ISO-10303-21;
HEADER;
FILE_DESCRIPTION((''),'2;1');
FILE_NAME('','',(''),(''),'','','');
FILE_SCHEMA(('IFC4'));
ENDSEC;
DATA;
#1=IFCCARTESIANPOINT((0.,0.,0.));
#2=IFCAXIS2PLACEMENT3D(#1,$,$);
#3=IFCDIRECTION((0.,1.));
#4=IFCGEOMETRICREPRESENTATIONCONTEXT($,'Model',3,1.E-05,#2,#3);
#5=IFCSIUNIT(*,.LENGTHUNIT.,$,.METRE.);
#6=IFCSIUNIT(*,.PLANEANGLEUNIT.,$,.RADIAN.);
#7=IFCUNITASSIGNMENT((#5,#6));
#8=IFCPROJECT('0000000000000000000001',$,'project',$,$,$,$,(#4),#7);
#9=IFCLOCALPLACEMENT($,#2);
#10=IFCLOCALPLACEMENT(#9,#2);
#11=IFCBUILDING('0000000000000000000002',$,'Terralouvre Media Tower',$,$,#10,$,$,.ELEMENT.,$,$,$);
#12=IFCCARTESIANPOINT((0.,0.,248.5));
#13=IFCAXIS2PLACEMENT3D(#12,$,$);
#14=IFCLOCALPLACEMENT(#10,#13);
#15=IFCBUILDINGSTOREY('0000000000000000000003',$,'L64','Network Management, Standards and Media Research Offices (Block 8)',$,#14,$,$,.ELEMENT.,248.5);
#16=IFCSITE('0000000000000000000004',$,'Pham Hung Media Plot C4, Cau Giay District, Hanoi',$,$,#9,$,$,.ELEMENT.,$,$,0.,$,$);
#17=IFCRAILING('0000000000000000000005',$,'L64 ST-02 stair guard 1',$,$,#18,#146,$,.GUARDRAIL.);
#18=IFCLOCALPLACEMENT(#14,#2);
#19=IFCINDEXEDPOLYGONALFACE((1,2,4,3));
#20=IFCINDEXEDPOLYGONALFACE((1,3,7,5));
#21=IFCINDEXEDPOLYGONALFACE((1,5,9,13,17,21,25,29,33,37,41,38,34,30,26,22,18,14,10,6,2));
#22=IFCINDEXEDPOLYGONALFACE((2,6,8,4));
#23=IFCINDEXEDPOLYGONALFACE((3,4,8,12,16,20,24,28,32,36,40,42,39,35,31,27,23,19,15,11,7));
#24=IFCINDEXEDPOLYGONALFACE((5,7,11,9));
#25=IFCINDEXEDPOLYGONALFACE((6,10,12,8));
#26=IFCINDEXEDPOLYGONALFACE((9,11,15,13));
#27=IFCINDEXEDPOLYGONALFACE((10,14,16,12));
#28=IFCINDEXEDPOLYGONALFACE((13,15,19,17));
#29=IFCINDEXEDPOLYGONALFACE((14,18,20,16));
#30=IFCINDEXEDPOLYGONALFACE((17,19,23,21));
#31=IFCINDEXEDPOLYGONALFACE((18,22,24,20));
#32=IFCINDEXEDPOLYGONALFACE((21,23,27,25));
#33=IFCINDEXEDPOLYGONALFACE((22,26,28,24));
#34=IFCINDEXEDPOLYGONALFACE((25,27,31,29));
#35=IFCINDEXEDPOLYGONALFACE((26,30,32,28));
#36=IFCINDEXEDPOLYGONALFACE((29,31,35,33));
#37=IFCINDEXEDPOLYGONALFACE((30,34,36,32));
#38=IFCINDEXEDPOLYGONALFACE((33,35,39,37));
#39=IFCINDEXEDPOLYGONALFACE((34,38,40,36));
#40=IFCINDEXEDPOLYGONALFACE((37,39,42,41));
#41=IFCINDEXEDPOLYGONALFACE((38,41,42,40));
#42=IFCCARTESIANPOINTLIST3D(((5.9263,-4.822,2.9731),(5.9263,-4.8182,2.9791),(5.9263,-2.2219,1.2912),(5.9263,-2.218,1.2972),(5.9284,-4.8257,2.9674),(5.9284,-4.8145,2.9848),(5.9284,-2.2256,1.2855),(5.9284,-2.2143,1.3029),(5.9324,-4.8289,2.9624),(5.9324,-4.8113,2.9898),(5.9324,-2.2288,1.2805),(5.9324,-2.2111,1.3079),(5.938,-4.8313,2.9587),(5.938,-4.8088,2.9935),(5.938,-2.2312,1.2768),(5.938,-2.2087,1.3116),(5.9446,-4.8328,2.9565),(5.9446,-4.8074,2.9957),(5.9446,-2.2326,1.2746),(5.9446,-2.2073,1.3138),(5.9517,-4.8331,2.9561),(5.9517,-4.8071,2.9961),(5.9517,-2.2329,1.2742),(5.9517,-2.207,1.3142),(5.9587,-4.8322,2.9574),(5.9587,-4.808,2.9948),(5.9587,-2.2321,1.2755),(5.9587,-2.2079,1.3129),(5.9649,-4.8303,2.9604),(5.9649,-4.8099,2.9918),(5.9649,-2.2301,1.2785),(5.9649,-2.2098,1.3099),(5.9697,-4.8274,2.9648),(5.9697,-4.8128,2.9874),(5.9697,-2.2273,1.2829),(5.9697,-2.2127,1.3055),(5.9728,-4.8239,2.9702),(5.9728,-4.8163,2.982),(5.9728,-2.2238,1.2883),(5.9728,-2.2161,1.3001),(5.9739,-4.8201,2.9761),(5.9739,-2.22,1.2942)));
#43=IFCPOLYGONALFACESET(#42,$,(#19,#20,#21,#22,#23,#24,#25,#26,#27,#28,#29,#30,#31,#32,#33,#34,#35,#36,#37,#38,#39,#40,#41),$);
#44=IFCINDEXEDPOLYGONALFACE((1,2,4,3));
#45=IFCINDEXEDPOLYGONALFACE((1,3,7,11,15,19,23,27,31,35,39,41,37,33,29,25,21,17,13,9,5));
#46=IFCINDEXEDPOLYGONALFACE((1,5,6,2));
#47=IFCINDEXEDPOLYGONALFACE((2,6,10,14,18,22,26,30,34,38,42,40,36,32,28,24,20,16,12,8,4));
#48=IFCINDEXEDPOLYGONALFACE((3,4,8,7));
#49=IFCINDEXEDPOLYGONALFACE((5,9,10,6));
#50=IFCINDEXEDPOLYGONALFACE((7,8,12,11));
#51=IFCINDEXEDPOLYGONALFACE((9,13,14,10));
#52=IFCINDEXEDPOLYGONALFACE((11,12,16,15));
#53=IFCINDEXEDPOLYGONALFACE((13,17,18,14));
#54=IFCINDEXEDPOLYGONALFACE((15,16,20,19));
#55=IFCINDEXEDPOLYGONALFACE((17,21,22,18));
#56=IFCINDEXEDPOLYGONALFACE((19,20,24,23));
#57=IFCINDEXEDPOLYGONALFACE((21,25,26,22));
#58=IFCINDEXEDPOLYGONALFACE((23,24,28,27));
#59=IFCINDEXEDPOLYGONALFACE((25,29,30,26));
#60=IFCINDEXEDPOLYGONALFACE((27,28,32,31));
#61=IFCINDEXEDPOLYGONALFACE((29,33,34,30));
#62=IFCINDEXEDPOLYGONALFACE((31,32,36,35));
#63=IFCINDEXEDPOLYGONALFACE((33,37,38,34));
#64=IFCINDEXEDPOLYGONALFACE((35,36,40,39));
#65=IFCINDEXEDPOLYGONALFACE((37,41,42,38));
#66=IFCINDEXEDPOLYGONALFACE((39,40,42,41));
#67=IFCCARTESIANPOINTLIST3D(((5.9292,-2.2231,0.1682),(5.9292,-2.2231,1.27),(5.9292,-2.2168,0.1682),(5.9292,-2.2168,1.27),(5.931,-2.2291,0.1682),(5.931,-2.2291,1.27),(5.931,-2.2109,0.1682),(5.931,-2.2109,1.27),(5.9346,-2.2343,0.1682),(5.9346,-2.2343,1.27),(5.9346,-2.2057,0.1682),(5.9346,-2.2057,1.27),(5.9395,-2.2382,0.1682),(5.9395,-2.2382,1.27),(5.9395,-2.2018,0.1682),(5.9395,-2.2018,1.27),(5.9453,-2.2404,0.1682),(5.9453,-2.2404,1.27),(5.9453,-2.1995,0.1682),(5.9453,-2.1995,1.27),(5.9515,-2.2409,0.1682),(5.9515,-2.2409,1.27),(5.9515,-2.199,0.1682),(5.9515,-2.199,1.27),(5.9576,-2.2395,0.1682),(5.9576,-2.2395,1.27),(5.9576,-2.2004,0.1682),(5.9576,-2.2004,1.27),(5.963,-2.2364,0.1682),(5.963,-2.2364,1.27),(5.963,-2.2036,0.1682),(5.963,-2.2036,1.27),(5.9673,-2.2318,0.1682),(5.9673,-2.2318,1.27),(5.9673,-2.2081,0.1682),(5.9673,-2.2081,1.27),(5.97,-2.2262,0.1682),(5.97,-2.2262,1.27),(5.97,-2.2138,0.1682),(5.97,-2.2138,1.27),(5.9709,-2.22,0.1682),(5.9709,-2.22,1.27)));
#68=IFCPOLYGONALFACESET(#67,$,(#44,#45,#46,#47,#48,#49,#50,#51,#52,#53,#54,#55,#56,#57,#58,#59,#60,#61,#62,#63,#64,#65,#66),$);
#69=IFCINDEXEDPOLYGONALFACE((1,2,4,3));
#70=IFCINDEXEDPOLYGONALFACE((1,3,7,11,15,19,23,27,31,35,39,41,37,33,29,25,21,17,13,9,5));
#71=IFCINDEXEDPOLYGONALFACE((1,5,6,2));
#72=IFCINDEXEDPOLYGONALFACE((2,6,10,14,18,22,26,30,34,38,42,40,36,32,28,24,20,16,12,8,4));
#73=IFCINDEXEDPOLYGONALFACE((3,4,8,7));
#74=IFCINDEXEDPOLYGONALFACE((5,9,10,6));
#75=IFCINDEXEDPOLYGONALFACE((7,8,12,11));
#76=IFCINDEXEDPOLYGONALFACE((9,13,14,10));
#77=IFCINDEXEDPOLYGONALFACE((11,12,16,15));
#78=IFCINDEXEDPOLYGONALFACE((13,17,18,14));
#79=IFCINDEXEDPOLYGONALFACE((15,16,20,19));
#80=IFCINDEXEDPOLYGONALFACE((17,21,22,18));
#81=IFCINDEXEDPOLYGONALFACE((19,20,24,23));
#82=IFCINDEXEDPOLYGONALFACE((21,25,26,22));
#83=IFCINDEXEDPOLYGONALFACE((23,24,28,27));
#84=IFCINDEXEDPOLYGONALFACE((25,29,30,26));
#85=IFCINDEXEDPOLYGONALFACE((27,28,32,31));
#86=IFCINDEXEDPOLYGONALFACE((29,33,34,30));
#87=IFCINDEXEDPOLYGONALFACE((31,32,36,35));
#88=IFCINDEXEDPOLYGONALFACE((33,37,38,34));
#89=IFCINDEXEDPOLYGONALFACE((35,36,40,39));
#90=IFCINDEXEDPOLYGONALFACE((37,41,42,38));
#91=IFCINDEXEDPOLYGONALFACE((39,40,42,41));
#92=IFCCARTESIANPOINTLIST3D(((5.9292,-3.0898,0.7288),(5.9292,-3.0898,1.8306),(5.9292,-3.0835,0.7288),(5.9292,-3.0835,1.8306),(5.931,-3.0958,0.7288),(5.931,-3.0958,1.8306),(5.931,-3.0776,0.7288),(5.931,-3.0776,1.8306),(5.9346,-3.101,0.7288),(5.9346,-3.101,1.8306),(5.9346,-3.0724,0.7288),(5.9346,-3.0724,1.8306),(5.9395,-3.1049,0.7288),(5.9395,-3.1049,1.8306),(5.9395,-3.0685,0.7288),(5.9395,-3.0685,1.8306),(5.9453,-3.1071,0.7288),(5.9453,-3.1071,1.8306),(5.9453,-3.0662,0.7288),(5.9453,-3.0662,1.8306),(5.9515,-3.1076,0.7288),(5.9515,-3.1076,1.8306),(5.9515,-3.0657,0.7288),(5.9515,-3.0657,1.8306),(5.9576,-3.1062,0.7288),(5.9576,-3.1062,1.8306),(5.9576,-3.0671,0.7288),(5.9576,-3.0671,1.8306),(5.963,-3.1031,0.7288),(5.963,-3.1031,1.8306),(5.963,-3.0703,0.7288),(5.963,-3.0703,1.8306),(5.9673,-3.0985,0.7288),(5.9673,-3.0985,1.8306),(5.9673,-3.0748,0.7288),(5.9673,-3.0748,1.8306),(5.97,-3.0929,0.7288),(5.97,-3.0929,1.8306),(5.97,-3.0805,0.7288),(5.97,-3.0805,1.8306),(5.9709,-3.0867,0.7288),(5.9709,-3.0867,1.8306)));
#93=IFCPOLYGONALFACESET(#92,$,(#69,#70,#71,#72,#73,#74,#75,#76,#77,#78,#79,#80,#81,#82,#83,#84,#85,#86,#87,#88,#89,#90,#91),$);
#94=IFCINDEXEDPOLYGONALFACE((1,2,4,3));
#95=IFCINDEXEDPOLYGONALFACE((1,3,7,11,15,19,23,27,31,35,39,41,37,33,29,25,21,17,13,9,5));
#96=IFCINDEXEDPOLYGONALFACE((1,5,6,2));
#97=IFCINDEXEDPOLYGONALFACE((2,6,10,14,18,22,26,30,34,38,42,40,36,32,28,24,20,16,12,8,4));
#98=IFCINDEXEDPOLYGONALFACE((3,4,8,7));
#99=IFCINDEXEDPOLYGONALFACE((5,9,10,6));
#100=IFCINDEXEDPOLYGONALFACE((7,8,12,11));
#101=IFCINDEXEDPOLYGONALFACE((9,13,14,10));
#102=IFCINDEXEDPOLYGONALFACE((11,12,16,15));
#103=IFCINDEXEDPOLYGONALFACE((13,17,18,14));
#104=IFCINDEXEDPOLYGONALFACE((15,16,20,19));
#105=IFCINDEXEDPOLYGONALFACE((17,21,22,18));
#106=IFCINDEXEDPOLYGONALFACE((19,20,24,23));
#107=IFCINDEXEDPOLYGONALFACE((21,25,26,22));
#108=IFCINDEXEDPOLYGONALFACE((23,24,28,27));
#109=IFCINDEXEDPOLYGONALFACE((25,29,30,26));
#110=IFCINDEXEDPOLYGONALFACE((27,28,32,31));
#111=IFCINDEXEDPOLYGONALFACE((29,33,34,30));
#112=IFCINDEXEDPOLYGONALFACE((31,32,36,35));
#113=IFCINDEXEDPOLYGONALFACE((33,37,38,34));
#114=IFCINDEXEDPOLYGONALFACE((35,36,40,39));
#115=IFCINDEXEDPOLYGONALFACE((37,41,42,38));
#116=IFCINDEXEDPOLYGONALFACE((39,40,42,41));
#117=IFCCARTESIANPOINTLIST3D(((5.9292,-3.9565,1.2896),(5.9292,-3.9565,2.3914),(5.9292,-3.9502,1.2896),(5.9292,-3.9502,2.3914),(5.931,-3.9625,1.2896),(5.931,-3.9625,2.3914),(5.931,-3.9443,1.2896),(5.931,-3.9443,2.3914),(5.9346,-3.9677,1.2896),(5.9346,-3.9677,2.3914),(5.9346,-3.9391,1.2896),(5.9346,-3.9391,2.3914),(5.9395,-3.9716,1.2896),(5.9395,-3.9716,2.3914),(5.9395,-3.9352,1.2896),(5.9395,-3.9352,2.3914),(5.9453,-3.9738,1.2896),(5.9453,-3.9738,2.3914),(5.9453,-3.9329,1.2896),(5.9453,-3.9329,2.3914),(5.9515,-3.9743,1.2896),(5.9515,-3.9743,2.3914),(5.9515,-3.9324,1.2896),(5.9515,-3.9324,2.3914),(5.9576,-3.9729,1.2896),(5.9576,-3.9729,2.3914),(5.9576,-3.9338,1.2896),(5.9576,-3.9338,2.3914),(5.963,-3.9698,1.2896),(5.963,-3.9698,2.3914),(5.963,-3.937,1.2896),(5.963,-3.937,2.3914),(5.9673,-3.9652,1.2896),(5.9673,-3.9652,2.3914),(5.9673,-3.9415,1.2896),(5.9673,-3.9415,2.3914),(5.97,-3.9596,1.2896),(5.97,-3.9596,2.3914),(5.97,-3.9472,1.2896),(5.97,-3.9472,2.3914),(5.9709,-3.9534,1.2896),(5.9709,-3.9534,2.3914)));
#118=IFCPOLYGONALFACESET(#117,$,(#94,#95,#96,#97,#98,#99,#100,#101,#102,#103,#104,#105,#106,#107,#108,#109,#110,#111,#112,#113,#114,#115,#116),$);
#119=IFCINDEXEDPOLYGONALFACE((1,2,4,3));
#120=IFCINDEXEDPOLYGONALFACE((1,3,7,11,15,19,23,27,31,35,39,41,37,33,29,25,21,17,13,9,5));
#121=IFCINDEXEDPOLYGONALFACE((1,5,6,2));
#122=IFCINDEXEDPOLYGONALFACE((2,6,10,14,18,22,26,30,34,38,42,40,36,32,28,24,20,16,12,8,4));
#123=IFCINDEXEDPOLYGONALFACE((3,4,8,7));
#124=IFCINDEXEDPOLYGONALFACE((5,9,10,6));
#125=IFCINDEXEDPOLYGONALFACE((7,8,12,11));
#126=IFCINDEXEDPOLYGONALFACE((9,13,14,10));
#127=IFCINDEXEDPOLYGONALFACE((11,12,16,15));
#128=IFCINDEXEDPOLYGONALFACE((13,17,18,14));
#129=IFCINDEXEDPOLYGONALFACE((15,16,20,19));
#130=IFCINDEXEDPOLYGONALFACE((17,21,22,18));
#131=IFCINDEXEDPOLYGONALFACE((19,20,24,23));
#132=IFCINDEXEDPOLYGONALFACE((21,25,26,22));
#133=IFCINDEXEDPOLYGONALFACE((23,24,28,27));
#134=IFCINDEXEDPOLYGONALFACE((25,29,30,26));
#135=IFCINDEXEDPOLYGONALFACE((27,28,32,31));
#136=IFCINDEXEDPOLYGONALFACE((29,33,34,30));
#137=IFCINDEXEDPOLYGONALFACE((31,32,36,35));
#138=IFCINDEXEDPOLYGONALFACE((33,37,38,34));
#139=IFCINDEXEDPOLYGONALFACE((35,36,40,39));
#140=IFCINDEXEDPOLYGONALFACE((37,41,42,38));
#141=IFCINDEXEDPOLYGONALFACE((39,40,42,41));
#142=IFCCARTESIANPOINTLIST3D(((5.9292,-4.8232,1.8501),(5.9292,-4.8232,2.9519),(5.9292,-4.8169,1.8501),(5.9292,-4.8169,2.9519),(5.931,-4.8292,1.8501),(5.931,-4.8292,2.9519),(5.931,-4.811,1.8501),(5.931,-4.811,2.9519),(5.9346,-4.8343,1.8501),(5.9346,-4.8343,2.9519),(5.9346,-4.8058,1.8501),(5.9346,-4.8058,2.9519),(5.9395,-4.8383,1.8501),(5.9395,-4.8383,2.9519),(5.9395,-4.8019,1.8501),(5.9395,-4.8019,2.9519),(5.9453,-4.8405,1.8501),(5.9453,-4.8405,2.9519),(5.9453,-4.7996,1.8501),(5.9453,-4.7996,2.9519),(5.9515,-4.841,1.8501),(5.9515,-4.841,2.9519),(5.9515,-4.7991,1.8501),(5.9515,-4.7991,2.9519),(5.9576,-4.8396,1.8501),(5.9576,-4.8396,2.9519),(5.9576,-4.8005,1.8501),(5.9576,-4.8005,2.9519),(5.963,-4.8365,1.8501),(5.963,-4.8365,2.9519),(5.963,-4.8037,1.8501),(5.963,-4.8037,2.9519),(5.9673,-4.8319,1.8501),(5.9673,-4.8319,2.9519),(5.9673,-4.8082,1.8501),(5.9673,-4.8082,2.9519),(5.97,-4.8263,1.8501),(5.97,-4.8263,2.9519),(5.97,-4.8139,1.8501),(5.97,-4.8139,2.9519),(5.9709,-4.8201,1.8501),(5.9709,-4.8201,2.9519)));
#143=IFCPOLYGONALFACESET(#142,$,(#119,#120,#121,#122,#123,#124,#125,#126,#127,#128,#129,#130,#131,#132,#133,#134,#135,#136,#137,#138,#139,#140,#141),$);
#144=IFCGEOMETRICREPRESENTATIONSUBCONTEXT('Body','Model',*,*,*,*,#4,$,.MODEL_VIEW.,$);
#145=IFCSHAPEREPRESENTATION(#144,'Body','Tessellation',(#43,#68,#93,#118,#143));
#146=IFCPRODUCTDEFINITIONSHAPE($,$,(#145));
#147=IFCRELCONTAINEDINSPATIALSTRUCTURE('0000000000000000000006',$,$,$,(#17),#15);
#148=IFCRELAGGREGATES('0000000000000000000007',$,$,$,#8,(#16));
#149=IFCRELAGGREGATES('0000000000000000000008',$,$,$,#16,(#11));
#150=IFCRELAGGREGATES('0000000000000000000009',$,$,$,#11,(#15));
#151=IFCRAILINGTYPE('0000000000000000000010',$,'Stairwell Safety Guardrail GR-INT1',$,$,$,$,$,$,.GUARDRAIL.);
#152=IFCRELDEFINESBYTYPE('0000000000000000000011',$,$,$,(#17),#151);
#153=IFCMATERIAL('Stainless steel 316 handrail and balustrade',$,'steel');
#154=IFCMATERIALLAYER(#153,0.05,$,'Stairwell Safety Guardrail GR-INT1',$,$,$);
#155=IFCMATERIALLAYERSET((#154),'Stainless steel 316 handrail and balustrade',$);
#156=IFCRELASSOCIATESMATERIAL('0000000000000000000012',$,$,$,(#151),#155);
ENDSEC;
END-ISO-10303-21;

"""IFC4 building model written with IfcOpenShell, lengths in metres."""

from ifc_helpers import new_model, si_unit, direction, frame, origin, origin_2d, place, context, subcontext, project, spatial, circle, extrude, material, layer, layer_set, type_object, element, save


model = new_model("IFC4")

# Units and contexts
model_context = context("Model", 3, precision=1e-05, world=origin(), true_north=direction((0.0, 1.0)))
body_context = subcontext(model_context, "Body", "Model", "MODEL_VIEW")
ifc_project = project(units=[si_unit("LENGTHUNIT", "METRE"), si_unit("PLANEANGLEUNIT", "RADIAN")], contexts=[model_context])

# Site, building, storey
site_placement = place(None, origin())
site = spatial("IfcSite", under=ifc_project, at=site_placement, Name="Pham Hung Media Plot C4, Cau Giay District, Hanoi", CompositionType="ELEMENT", RefElevation=0.0)
building_placement = place(site_placement, origin())
building = spatial("IfcBuilding", under=site, at=building_placement, Name="Terralouvre Media Tower", CompositionType="ELEMENT")
storey_placement = place(building_placement, frame((0.0, 0.0, 248.5)))
storey = spatial("IfcBuildingStorey", under=building, at=storey_placement, Name="L64", Description="Network Management, Standards and Media Research Offices (Block 8)", CompositionType="ELEMENT", Elevation=248.5)

# Railing
ifc_material_1 = material(Name="Stainless steel 316 handrail and balustrade", Category="steel")
ifc_layer_1 = layer(ifc_material_1, 0.05, Name="Stairwell Safety Guardrail GR-INT1")
ifc_layer_set_1 = layer_set([ifc_layer_1], Name="Stainless steel 316 handrail and balustrade")
railing_type_1 = type_object("IfcRailingType", Name="Stairwell Safety Guardrail GR-INT1", PredefinedType="GUARDRAIL", material=ifc_layer_set_1)
railing_1_placement = place(storey_placement, frame((5.95, -2.22, 0.1682)))
element("IfcRailing", 1, at=railing_1_placement, inside=storey, type_object=railing_type_1, Name="L64 ST-02 stair guard 1", PredefinedType="GUARDRAIL", context=body_context, shape_type="SweptSolid", body=[
    extrude(circle(Radius=0.0239, at=origin_2d()), frame((0.0, 0.0, 1.126), z_axis=(0.0, -0.839648, 0.54313), x_axis=(1.0, 0.0, 0.0)), (0.0, 0.0, 1.0), 3.0967),
    extrude(circle(Radius=0.021, at=origin_2d()), origin(), (0.0, 0.0, 1.0), 1.1018),
    extrude(circle(Radius=0.021, at=origin_2d()), frame((0.0, -0.8667, 0.5605)), (0.0, 0.0, 1.0), 1.1018),
    extrude(circle(Radius=0.021, at=origin_2d()), frame((0.0, -1.7334, 1.1213)), (0.0, 0.0, 1.0), 1.1018),
    extrude(circle(Radius=0.021, at=origin_2d()), frame((0.0, -2.6001, 1.6819)), (0.0, 0.0, 1.0), 1.1018),
])

save(model, "model.ifc")
